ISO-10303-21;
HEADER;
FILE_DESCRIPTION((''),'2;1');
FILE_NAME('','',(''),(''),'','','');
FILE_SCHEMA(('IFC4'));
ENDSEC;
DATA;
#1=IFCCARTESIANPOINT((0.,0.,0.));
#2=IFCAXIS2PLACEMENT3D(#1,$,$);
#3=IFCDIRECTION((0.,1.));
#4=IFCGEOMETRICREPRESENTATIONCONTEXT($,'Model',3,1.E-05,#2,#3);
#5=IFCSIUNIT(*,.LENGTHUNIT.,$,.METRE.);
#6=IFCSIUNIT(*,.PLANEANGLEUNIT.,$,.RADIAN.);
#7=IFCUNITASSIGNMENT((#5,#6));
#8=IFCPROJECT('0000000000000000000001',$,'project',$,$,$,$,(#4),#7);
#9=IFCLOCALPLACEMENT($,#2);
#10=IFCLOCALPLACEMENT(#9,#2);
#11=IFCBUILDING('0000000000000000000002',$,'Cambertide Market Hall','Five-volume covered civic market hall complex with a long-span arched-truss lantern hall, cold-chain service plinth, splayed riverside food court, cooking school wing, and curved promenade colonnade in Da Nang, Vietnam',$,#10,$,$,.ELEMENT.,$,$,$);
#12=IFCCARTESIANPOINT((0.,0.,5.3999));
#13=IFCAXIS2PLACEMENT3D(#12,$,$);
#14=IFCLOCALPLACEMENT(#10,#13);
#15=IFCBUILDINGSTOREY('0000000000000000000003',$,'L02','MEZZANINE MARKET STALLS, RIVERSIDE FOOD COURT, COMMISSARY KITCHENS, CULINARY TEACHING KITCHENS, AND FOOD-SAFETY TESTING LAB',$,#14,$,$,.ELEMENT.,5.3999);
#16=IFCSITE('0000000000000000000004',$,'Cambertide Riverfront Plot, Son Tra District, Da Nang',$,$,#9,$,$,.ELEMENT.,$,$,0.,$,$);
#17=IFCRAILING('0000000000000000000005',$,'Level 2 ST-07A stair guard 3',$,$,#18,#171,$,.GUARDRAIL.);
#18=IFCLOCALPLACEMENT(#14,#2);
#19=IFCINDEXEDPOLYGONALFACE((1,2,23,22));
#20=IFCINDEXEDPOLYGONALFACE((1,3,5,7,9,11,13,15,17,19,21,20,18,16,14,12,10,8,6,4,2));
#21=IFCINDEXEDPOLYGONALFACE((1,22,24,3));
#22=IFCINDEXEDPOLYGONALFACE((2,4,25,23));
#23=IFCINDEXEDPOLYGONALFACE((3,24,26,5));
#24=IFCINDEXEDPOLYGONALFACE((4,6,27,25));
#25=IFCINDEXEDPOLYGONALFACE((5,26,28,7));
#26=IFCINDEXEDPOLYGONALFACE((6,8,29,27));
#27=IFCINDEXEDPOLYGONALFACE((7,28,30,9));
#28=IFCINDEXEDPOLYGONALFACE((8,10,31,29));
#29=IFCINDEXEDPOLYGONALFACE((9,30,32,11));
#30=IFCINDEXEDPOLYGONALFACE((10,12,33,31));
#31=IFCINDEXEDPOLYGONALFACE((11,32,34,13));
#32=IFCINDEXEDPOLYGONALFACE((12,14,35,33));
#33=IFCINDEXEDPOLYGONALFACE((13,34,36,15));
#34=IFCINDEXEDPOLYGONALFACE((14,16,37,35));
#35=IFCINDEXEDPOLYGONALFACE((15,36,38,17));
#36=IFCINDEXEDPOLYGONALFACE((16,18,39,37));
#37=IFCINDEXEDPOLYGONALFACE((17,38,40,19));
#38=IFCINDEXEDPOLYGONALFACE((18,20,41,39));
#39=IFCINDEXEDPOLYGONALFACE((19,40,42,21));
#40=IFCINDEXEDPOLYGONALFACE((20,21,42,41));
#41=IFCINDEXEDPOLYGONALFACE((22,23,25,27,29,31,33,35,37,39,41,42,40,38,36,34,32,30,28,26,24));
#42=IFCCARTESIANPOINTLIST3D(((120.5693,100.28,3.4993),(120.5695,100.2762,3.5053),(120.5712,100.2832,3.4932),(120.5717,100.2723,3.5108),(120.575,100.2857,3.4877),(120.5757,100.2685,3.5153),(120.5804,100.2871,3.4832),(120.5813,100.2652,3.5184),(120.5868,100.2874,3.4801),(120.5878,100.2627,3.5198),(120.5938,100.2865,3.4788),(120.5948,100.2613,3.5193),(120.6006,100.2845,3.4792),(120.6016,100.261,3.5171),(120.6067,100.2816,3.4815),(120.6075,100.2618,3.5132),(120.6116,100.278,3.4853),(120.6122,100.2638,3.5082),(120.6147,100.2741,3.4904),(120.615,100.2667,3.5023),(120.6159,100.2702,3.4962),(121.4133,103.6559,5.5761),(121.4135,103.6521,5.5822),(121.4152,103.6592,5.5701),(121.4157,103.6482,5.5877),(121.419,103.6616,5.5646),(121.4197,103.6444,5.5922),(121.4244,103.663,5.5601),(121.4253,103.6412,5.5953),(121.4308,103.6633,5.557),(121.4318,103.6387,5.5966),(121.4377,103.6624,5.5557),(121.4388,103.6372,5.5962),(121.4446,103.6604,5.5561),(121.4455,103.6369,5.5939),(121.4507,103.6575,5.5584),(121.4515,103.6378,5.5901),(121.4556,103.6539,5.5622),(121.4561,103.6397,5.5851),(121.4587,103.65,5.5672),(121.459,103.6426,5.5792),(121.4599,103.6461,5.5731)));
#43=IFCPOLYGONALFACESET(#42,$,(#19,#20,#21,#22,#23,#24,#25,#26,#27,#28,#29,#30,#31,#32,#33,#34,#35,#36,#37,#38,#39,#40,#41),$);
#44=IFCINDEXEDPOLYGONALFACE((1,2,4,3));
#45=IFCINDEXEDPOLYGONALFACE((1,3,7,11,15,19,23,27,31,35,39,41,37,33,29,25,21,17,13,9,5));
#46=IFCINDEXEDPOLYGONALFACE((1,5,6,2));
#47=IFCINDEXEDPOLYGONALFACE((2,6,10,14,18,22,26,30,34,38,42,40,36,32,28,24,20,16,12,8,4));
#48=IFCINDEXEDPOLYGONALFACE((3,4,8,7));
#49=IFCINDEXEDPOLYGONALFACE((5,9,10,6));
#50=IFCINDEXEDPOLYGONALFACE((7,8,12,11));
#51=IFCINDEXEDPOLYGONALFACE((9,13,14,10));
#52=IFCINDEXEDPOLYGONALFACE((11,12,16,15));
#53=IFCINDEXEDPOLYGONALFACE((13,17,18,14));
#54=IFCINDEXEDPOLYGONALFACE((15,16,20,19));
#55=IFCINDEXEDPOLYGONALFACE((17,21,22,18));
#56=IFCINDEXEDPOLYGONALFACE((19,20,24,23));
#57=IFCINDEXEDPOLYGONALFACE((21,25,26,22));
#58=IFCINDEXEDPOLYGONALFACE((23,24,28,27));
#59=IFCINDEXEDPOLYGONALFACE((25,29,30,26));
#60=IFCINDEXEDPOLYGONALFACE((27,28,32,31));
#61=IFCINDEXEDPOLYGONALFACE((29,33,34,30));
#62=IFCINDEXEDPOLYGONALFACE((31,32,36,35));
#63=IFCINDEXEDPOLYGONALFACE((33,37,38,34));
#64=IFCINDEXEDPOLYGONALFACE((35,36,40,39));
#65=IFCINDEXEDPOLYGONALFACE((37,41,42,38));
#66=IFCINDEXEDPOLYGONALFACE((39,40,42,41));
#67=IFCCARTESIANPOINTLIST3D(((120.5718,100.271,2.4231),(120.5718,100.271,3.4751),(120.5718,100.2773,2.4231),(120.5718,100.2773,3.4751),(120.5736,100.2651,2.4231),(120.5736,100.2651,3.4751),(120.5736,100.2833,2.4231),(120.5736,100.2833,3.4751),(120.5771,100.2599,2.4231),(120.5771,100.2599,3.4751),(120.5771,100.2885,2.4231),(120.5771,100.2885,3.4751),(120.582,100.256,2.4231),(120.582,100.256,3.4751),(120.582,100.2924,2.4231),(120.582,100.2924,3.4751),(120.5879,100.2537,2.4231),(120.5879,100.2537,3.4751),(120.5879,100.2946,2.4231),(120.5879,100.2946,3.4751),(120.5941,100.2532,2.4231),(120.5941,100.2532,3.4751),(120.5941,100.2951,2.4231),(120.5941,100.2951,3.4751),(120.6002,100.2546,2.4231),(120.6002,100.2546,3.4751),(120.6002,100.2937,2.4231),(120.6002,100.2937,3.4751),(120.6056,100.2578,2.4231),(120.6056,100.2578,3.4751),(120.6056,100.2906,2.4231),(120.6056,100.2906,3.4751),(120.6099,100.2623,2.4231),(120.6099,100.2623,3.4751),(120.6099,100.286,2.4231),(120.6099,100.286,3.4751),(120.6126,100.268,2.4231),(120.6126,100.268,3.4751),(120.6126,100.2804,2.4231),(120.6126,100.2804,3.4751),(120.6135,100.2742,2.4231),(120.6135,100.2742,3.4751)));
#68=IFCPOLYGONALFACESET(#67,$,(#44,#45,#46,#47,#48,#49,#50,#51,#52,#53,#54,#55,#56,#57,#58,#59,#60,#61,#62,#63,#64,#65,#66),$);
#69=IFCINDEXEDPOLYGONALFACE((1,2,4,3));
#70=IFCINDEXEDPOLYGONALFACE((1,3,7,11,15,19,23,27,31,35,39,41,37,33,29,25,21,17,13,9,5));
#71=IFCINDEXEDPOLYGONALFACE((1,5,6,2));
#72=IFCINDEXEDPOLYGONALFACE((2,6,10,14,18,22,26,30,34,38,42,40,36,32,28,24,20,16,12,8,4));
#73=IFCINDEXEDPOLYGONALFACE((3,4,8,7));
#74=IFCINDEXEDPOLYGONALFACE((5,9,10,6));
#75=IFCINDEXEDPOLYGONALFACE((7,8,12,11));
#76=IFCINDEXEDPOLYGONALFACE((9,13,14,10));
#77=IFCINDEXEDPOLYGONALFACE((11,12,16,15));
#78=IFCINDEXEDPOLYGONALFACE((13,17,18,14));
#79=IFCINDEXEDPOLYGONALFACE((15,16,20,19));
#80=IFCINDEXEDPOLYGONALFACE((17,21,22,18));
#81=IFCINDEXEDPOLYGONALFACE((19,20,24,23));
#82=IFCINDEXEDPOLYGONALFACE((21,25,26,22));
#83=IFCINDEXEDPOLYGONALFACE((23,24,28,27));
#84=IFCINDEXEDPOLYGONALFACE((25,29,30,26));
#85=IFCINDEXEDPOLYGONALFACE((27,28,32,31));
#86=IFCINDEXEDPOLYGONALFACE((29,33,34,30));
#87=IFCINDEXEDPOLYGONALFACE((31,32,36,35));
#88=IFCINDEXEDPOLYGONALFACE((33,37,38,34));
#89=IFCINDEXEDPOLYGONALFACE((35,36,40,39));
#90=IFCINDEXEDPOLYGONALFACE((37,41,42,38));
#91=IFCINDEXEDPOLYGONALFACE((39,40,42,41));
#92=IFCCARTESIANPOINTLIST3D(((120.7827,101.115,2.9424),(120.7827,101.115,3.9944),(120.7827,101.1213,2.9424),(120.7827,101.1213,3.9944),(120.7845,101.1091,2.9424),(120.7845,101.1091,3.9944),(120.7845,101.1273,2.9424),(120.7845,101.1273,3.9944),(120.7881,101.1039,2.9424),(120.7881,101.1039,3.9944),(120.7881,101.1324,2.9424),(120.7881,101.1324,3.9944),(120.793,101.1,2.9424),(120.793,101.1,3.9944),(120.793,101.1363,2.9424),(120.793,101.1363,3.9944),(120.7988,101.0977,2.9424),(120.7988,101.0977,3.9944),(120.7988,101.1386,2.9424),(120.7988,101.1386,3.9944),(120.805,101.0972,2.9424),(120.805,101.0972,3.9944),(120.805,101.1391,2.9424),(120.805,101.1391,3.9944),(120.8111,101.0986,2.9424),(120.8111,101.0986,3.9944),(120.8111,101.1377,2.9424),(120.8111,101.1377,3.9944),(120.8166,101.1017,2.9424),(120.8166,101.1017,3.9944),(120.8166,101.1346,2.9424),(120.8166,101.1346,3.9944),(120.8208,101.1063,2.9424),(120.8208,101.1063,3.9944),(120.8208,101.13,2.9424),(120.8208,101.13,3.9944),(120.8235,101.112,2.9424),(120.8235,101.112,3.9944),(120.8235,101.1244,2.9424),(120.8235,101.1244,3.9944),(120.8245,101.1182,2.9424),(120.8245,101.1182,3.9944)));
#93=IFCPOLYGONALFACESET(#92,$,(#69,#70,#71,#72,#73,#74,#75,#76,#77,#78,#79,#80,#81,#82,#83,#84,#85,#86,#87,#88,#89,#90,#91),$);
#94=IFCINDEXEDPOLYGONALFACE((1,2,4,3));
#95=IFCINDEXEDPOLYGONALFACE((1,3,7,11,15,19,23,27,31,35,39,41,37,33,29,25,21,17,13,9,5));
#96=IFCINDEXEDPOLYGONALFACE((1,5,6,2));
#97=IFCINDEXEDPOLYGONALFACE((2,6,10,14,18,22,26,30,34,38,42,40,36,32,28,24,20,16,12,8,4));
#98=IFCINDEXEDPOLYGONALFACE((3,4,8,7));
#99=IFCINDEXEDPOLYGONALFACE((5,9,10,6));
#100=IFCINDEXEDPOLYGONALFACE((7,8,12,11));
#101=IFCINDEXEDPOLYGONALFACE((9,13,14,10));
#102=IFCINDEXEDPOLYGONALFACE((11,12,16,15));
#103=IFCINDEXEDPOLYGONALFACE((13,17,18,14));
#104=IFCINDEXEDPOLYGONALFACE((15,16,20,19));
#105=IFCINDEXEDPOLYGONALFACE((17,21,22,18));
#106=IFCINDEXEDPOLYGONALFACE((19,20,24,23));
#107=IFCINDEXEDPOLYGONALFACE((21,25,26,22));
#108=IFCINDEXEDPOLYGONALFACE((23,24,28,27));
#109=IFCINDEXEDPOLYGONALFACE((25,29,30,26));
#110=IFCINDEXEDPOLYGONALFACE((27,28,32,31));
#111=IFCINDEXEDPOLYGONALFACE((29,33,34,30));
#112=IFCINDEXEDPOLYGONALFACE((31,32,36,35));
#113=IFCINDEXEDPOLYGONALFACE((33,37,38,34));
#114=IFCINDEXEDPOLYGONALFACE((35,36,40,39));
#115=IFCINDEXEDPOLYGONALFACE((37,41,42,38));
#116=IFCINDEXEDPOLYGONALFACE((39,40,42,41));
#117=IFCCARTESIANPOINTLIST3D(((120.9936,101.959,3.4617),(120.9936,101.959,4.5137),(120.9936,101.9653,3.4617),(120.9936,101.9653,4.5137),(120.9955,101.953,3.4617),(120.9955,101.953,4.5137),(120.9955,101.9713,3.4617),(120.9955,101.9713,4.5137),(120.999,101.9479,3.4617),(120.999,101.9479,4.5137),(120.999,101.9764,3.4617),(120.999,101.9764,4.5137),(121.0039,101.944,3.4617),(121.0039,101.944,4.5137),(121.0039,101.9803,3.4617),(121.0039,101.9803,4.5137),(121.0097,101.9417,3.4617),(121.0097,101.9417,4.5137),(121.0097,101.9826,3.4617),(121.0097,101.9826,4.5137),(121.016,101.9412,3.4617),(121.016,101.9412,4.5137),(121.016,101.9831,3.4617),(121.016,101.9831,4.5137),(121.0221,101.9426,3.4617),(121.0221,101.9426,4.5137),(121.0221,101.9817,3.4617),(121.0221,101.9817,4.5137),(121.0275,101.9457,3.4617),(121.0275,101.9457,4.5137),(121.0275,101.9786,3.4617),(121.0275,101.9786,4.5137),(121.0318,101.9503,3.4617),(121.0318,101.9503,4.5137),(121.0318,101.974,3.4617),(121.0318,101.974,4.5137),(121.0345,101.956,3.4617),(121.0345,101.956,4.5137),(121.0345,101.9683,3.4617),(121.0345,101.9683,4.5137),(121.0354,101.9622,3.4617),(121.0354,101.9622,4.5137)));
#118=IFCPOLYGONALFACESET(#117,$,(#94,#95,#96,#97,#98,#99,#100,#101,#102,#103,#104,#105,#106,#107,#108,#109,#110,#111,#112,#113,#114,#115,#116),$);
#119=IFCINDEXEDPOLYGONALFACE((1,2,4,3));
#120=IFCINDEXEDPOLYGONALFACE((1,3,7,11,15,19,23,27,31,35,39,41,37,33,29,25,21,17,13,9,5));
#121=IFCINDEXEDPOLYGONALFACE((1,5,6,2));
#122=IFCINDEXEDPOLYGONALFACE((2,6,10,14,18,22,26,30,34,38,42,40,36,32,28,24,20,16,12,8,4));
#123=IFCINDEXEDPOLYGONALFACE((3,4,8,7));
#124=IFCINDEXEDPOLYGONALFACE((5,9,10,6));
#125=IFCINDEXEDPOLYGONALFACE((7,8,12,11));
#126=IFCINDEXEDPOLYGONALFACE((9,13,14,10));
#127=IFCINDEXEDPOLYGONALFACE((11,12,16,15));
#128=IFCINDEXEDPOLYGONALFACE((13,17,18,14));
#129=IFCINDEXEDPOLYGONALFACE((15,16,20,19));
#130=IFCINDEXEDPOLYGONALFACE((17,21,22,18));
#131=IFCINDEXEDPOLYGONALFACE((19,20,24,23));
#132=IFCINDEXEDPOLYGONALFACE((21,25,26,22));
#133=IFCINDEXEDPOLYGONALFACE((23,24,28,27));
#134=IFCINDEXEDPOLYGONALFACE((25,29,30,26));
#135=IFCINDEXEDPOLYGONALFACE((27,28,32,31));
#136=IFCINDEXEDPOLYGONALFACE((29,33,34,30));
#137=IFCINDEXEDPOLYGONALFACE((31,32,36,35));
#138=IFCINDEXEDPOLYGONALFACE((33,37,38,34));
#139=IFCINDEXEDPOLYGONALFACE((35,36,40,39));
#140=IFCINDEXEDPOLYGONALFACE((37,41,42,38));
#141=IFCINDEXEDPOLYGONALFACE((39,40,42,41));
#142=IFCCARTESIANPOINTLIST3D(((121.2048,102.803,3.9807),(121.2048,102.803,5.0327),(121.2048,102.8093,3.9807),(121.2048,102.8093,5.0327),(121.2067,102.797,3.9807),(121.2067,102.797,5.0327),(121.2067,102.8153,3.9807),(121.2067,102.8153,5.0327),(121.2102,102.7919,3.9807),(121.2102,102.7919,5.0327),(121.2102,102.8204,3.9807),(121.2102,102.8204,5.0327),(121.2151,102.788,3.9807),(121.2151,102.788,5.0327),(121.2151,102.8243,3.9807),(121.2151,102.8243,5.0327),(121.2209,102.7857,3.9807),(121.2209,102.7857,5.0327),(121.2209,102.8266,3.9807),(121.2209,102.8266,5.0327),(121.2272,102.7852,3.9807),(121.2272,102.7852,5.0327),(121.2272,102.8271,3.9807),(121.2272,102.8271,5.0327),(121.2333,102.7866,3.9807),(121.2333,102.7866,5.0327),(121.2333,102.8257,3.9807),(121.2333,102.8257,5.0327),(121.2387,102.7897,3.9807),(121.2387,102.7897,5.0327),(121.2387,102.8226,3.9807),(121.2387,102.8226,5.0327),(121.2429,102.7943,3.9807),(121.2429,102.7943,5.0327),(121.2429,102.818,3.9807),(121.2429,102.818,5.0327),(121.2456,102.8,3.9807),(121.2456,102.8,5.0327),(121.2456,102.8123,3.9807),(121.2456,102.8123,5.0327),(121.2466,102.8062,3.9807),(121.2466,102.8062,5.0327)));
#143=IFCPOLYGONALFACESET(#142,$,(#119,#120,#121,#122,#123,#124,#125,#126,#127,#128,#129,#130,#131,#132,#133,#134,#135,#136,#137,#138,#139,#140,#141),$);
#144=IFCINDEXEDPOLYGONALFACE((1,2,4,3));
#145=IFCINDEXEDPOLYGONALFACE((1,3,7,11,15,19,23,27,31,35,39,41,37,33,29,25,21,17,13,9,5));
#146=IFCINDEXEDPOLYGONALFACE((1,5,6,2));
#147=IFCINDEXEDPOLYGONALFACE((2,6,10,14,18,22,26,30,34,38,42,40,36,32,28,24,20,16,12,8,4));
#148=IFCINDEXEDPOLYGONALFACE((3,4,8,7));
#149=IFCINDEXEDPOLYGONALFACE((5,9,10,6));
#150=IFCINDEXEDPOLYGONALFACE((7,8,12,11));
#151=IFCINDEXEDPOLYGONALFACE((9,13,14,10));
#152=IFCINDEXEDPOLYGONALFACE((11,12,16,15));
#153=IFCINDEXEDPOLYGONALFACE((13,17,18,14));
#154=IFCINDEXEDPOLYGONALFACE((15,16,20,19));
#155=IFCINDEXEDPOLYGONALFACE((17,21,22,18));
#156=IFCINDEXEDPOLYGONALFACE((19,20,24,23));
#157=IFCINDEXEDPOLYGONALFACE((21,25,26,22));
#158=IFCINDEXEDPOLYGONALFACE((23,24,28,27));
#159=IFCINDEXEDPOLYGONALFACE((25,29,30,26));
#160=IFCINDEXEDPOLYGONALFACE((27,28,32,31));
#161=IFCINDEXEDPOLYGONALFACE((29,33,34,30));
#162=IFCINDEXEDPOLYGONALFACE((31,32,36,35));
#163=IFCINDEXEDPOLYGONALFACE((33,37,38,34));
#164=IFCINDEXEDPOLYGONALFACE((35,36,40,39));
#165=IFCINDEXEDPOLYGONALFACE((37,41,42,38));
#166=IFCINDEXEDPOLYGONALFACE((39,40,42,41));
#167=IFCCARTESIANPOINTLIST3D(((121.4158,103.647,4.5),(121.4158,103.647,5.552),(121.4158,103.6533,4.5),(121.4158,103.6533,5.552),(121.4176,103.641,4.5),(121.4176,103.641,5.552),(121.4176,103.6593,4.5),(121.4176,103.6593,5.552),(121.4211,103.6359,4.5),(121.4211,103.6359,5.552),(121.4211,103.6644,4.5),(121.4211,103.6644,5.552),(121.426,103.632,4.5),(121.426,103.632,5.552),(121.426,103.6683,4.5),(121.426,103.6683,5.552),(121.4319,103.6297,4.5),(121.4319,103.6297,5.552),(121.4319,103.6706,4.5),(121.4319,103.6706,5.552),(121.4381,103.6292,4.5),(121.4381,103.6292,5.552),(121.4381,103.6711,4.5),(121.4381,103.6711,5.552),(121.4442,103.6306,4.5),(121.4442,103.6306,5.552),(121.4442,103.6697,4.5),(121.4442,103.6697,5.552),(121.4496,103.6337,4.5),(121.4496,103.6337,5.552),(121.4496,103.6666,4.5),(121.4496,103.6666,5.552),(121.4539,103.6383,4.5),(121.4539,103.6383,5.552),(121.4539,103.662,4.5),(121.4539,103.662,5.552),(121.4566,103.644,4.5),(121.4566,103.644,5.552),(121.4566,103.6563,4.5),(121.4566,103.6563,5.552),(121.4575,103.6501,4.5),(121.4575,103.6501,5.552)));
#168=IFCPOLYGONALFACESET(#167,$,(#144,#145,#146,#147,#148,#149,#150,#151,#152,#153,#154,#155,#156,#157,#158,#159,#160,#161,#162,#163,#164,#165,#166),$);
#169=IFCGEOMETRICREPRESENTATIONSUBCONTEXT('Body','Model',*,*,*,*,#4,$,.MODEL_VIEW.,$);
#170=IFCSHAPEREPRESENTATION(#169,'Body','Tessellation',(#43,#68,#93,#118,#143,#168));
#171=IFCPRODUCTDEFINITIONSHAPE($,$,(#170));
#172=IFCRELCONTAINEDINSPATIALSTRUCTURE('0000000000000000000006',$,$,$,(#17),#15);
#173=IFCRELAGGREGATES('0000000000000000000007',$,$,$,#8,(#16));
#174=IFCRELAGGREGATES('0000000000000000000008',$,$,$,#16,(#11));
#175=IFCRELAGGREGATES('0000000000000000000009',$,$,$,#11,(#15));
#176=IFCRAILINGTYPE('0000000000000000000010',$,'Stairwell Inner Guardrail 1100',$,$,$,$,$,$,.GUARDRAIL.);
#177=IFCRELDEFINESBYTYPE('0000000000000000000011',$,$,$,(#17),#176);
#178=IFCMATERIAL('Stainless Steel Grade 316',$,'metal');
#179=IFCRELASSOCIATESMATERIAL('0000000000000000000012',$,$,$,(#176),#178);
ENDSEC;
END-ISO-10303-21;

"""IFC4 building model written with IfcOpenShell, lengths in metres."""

from ifc_helpers import new_model, si_unit, direction, frame, origin, origin_2d, place, context, subcontext, project, spatial, circle, extrude, material, type_object, element, save


model = new_model("IFC4")

# Units and contexts
model_context = context("Model", 3, precision=1e-05, world=origin(), true_north=direction((0.0, 1.0)))
body_context = subcontext(model_context, "Body", "Model", "MODEL_VIEW")
ifc_project = project(units=[si_unit("LENGTHUNIT", "METRE"), si_unit("PLANEANGLEUNIT", "RADIAN")], contexts=[model_context])

# Site, building, storey
site_placement = place(None, origin())
site = spatial("IfcSite", under=ifc_project, at=site_placement, Name="Cambertide Riverfront Plot, Son Tra District, Da Nang", CompositionType="ELEMENT", RefElevation=0.0)
building_placement = place(site_placement, origin())
building = spatial("IfcBuilding", under=site, at=building_placement, Name="Cambertide Market Hall", Description="Five-volume covered civic market hall complex with a long-span arched-truss lantern hall, cold-chain service plinth, splayed riverside food court, cooking school wing, and curved promenade colonnade in Da Nang, Vietnam", CompositionType="ELEMENT")
storey_placement = place(building_placement, frame((0.0, 0.0, 5.3999)))
storey = spatial("IfcBuildingStorey", under=building, at=storey_placement, Name="L02", Description="MEZZANINE MARKET STALLS, RIVERSIDE FOOD COURT, COMMISSARY KITCHENS, CULINARY TEACHING KITCHENS, AND FOOD-SAFETY TESTING LAB", CompositionType="ELEMENT", Elevation=5.3999)

# Railing
ifc_material_1 = material(Name="Stainless Steel Grade 316", Category="metal")
railing_type_1 = type_object("IfcRailingType", Name="Stairwell Inner Guardrail 1100", PredefinedType="GUARDRAIL", material=ifc_material_1)
railing_1_placement = place(storey_placement, frame((120.5925, 100.2742, 2.4231)))
element("IfcRailing", 1, at=railing_1_placement, inside=storey, type_object=railing_type_1, Name="Level 2 ST-07A stair guard 3", PredefinedType="GUARDRAIL", context=body_context, shape_type="SweptSolid", body=[
    extrude(circle(Radius=0.0239, at=origin_2d()), frame((0.0, 0.0, 1.0762), z_axis=(0.208263, 0.833052, 0.512495), x_axis=(-0.970143, 0.242536, 0.0)), (0.0, 0.0, 1.0), 4.0525),
    extrude(circle(Radius=0.021, at=origin_2d()), origin(), (0.0, 0.0, 1.0), 1.052),
    extrude(circle(Radius=0.021, at=origin_2d()), frame((0.2109, 0.844, 0.5193)), (0.0, 0.0, 1.0), 1.052),
    extrude(circle(Radius=0.021, at=origin_2d()), frame((0.4219, 1.688, 1.0386)), (0.0, 0.0, 1.0), 1.052),
    extrude(circle(Radius=0.021, at=origin_2d()), frame((0.6331, 2.532, 1.5576)), (0.0, 0.0, 1.0), 1.052),
    extrude(circle(Radius=0.021, at=origin_2d()), frame((0.844, 3.376, 2.0769)), (0.0, 0.0, 1.0), 1.052),
])

save(model, "model.ifc")
